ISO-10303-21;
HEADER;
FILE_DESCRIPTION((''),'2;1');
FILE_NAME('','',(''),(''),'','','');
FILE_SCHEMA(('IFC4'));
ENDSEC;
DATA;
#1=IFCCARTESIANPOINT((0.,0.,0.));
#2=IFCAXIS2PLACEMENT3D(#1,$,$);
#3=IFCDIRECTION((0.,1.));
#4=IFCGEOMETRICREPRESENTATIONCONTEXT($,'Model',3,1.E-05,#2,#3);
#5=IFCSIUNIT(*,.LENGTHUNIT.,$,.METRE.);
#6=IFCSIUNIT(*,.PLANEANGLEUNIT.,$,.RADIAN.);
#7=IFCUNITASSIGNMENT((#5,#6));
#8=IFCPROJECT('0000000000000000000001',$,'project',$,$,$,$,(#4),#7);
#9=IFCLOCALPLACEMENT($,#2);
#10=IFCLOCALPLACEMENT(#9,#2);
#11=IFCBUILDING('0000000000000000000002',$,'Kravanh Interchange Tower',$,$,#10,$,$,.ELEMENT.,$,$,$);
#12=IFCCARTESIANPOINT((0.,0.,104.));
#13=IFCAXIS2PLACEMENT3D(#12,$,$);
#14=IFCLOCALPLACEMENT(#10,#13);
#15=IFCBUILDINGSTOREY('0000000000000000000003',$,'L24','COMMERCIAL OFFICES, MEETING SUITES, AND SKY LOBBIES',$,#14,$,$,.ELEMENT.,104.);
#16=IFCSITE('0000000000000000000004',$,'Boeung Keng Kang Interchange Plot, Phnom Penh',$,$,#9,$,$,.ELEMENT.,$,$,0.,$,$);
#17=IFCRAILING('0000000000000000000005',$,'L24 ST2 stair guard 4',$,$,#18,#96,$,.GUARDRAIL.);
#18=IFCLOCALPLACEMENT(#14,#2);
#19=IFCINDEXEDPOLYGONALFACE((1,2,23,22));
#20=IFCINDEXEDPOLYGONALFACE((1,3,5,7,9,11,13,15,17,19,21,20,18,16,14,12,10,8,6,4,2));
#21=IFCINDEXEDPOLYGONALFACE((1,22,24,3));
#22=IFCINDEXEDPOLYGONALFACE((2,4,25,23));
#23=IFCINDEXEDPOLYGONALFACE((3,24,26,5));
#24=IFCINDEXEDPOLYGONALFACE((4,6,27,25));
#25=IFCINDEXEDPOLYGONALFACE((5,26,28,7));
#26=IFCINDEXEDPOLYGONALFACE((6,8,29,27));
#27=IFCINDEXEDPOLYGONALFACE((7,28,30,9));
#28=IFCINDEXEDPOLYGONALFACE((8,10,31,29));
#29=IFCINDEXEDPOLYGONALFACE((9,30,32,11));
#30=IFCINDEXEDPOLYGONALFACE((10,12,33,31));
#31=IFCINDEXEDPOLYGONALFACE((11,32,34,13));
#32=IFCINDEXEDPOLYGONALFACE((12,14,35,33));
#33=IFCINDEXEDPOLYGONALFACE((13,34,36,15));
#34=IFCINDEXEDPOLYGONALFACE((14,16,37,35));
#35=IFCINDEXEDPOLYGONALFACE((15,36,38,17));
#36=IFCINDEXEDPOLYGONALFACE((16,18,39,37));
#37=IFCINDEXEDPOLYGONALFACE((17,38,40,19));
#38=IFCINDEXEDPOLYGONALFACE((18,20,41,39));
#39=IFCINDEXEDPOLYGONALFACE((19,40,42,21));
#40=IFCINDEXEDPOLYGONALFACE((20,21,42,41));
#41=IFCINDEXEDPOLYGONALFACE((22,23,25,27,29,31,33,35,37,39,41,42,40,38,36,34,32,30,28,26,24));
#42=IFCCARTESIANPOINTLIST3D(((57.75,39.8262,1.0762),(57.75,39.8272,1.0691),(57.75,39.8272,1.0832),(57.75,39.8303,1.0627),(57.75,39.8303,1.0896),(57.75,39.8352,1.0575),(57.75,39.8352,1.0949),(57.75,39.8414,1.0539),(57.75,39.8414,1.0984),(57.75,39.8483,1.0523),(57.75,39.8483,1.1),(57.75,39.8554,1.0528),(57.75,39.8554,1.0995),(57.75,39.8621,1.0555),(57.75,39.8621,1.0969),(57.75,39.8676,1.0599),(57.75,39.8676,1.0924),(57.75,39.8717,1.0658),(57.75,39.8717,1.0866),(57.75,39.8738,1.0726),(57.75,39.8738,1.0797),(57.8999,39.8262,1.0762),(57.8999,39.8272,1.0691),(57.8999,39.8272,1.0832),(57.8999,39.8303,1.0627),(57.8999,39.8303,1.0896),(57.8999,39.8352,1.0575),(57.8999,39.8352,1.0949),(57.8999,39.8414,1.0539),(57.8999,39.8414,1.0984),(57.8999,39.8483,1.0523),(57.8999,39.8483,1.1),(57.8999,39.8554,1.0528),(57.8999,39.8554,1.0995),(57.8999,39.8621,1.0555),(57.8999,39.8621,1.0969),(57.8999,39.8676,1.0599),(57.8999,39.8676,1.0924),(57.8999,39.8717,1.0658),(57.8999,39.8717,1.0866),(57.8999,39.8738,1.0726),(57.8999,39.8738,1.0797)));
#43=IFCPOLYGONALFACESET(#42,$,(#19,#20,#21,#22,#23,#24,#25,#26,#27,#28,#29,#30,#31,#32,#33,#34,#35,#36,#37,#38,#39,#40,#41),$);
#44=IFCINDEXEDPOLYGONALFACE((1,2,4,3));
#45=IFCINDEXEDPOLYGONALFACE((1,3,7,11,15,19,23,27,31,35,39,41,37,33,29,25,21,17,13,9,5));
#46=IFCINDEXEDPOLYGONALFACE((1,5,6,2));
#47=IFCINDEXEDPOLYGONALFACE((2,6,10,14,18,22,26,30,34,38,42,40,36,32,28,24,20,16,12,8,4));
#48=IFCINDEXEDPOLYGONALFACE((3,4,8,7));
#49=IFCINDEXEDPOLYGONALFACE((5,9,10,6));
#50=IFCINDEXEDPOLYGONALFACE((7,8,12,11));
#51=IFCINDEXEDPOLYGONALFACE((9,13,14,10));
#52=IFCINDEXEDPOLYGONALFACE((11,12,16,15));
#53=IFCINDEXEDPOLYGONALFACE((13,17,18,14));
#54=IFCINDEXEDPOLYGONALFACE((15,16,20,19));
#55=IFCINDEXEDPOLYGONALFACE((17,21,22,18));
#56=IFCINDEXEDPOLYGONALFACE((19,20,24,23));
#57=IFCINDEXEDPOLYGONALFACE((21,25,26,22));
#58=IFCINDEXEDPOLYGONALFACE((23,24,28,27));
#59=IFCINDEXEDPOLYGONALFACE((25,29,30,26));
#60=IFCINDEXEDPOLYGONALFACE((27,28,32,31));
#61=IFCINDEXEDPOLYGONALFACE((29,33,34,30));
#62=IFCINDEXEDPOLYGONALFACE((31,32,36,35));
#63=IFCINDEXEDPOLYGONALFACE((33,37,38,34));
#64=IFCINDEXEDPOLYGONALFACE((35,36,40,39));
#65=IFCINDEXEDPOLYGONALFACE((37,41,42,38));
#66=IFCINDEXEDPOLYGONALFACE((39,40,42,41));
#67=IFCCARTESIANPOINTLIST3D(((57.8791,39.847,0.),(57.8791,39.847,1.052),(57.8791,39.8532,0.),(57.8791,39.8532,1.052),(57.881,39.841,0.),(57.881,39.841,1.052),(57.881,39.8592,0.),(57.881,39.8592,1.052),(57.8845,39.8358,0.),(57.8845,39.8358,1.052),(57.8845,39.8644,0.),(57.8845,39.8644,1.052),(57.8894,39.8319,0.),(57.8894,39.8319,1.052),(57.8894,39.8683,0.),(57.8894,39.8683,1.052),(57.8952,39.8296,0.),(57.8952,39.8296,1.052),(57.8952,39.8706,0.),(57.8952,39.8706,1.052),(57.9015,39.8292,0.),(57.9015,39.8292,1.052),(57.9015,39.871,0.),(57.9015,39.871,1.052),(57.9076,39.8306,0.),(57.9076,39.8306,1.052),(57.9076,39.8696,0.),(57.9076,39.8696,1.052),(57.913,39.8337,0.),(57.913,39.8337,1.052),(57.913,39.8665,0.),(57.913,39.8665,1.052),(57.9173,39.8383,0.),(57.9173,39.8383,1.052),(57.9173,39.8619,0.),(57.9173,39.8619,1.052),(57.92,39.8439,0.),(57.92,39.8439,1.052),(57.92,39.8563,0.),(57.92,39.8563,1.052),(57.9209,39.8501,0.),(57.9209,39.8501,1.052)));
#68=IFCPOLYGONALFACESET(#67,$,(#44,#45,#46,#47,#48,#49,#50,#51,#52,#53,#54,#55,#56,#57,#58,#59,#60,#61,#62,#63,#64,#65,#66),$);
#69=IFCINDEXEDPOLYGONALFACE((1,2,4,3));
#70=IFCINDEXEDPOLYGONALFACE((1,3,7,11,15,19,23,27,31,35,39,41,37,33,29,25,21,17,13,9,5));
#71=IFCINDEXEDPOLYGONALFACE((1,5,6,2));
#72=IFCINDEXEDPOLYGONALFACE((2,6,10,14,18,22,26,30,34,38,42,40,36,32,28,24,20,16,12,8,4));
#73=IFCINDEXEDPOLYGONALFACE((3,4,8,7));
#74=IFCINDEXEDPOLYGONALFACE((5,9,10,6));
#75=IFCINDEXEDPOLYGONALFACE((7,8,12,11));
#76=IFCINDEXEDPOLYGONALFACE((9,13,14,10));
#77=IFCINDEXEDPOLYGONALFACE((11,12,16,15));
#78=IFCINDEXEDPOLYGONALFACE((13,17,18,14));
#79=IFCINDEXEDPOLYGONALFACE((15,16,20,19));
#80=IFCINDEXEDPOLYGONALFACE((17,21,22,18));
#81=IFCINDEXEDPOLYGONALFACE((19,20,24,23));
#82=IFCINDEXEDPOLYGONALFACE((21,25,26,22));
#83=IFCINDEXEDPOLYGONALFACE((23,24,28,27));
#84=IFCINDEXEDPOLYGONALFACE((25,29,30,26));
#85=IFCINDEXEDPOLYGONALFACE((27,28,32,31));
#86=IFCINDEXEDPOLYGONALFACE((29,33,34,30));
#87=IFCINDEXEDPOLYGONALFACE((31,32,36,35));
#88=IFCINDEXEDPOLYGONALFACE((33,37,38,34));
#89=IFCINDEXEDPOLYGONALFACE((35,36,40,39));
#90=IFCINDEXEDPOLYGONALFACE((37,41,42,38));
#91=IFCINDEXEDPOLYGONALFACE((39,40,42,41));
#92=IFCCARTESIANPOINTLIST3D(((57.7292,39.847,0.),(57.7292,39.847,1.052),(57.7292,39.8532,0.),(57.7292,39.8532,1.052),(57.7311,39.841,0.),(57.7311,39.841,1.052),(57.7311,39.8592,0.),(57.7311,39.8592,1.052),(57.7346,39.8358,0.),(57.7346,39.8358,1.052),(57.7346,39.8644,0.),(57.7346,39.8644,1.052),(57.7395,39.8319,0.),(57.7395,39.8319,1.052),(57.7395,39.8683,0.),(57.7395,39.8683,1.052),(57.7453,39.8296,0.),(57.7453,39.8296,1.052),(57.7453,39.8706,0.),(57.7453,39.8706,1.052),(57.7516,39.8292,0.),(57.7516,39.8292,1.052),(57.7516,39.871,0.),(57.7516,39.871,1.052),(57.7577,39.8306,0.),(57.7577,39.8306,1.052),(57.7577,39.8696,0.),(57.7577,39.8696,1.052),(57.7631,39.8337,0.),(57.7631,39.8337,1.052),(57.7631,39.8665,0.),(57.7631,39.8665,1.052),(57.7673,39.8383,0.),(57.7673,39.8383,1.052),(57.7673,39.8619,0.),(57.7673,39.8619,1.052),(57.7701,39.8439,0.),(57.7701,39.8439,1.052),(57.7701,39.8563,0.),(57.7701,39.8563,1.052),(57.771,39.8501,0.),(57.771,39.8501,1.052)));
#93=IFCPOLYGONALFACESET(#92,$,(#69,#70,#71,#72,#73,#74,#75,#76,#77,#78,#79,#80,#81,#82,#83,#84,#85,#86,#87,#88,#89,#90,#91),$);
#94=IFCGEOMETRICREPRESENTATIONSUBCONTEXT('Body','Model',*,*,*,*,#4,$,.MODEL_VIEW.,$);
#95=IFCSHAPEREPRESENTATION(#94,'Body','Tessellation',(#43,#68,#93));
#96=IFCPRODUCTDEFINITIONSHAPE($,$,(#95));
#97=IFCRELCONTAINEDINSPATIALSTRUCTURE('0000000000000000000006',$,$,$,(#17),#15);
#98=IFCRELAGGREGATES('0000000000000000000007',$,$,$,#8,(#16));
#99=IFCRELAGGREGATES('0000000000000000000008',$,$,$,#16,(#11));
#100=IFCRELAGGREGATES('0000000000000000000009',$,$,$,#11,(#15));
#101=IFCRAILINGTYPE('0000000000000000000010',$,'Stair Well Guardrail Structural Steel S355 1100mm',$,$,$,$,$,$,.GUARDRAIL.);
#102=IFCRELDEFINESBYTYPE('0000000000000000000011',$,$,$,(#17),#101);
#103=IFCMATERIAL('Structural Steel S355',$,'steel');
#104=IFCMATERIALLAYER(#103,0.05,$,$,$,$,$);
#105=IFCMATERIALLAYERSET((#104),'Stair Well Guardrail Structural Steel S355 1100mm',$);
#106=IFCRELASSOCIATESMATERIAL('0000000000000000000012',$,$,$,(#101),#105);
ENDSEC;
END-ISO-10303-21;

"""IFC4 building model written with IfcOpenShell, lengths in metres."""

from ifc_helpers import new_model, si_unit, direction, frame, origin, origin_2d, place, context, subcontext, project, spatial, circle, extrude, material, layer, layer_set, type_object, element, save


model = new_model("IFC4")

# Units and contexts
model_context = context("Model", 3, precision=1e-05, world=origin(), true_north=direction((0.0, 1.0)))
body_context = subcontext(model_context, "Body", "Model", "MODEL_VIEW")
ifc_project = project(units=[si_unit("LENGTHUNIT", "METRE"), si_unit("PLANEANGLEUNIT", "RADIAN")], contexts=[model_context])

# Site, building, storey
site_placement = place(None, origin())
site = spatial("IfcSite", under=ifc_project, at=site_placement, Name="Boeung Keng Kang Interchange Plot, Phnom Penh", CompositionType="ELEMENT", RefElevation=0.0)
building_placement = place(site_placement, origin())
building = spatial("IfcBuilding", under=site, at=building_placement, Name="Kravanh Interchange Tower", CompositionType="ELEMENT")
storey_placement = place(building_placement, frame((0.0, 0.0, 104.0)))
storey = spatial("IfcBuildingStorey", under=building, at=storey_placement, Name="L24", Description="COMMERCIAL OFFICES, MEETING SUITES, AND SKY LOBBIES", CompositionType="ELEMENT", Elevation=104.0)

# Railing
ifc_material_1 = material(Name="Structural Steel S355", Category="steel")
ifc_layer_1 = layer(ifc_material_1, 0.05)
ifc_layer_set_1 = layer_set([ifc_layer_1], Name="Stair Well Guardrail Structural Steel S355 1100mm")
railing_type_1 = type_object("IfcRailingType", Name="Stair Well Guardrail Structural Steel S355 1100mm", PredefinedType="GUARDRAIL", material=ifc_layer_set_1)
for number, where, name in (
    (1, (57.8999, 39.8501, 0.0), "L24 ST2 stair guard 4"),
):
    element("IfcRailing", number, at=place(storey_placement, frame(where)), inside=storey, type_object=railing_type_1, Name=name, PredefinedType="GUARDRAIL", context=body_context, shape_type="SweptSolid", body=[
        extrude(circle(Radius=0.0239, at=origin_2d()), frame((0.0, 0.0, 1.0762), z_axis=(-1.0, 0.0, 0.0), x_axis=(0.0, -1.0, 0.0)), (0.0, 0.0, 1.0), 0.1499),
        extrude(circle(Radius=0.021, at=origin_2d()), origin(), (0.0, 0.0, 1.0), 1.052),
        extrude(circle(Radius=0.021, at=origin_2d()), frame((-0.1499, 0.0, 0.0)), (0.0, 0.0, 1.0), 1.052),
    ])

save(model, "model.ifc")
